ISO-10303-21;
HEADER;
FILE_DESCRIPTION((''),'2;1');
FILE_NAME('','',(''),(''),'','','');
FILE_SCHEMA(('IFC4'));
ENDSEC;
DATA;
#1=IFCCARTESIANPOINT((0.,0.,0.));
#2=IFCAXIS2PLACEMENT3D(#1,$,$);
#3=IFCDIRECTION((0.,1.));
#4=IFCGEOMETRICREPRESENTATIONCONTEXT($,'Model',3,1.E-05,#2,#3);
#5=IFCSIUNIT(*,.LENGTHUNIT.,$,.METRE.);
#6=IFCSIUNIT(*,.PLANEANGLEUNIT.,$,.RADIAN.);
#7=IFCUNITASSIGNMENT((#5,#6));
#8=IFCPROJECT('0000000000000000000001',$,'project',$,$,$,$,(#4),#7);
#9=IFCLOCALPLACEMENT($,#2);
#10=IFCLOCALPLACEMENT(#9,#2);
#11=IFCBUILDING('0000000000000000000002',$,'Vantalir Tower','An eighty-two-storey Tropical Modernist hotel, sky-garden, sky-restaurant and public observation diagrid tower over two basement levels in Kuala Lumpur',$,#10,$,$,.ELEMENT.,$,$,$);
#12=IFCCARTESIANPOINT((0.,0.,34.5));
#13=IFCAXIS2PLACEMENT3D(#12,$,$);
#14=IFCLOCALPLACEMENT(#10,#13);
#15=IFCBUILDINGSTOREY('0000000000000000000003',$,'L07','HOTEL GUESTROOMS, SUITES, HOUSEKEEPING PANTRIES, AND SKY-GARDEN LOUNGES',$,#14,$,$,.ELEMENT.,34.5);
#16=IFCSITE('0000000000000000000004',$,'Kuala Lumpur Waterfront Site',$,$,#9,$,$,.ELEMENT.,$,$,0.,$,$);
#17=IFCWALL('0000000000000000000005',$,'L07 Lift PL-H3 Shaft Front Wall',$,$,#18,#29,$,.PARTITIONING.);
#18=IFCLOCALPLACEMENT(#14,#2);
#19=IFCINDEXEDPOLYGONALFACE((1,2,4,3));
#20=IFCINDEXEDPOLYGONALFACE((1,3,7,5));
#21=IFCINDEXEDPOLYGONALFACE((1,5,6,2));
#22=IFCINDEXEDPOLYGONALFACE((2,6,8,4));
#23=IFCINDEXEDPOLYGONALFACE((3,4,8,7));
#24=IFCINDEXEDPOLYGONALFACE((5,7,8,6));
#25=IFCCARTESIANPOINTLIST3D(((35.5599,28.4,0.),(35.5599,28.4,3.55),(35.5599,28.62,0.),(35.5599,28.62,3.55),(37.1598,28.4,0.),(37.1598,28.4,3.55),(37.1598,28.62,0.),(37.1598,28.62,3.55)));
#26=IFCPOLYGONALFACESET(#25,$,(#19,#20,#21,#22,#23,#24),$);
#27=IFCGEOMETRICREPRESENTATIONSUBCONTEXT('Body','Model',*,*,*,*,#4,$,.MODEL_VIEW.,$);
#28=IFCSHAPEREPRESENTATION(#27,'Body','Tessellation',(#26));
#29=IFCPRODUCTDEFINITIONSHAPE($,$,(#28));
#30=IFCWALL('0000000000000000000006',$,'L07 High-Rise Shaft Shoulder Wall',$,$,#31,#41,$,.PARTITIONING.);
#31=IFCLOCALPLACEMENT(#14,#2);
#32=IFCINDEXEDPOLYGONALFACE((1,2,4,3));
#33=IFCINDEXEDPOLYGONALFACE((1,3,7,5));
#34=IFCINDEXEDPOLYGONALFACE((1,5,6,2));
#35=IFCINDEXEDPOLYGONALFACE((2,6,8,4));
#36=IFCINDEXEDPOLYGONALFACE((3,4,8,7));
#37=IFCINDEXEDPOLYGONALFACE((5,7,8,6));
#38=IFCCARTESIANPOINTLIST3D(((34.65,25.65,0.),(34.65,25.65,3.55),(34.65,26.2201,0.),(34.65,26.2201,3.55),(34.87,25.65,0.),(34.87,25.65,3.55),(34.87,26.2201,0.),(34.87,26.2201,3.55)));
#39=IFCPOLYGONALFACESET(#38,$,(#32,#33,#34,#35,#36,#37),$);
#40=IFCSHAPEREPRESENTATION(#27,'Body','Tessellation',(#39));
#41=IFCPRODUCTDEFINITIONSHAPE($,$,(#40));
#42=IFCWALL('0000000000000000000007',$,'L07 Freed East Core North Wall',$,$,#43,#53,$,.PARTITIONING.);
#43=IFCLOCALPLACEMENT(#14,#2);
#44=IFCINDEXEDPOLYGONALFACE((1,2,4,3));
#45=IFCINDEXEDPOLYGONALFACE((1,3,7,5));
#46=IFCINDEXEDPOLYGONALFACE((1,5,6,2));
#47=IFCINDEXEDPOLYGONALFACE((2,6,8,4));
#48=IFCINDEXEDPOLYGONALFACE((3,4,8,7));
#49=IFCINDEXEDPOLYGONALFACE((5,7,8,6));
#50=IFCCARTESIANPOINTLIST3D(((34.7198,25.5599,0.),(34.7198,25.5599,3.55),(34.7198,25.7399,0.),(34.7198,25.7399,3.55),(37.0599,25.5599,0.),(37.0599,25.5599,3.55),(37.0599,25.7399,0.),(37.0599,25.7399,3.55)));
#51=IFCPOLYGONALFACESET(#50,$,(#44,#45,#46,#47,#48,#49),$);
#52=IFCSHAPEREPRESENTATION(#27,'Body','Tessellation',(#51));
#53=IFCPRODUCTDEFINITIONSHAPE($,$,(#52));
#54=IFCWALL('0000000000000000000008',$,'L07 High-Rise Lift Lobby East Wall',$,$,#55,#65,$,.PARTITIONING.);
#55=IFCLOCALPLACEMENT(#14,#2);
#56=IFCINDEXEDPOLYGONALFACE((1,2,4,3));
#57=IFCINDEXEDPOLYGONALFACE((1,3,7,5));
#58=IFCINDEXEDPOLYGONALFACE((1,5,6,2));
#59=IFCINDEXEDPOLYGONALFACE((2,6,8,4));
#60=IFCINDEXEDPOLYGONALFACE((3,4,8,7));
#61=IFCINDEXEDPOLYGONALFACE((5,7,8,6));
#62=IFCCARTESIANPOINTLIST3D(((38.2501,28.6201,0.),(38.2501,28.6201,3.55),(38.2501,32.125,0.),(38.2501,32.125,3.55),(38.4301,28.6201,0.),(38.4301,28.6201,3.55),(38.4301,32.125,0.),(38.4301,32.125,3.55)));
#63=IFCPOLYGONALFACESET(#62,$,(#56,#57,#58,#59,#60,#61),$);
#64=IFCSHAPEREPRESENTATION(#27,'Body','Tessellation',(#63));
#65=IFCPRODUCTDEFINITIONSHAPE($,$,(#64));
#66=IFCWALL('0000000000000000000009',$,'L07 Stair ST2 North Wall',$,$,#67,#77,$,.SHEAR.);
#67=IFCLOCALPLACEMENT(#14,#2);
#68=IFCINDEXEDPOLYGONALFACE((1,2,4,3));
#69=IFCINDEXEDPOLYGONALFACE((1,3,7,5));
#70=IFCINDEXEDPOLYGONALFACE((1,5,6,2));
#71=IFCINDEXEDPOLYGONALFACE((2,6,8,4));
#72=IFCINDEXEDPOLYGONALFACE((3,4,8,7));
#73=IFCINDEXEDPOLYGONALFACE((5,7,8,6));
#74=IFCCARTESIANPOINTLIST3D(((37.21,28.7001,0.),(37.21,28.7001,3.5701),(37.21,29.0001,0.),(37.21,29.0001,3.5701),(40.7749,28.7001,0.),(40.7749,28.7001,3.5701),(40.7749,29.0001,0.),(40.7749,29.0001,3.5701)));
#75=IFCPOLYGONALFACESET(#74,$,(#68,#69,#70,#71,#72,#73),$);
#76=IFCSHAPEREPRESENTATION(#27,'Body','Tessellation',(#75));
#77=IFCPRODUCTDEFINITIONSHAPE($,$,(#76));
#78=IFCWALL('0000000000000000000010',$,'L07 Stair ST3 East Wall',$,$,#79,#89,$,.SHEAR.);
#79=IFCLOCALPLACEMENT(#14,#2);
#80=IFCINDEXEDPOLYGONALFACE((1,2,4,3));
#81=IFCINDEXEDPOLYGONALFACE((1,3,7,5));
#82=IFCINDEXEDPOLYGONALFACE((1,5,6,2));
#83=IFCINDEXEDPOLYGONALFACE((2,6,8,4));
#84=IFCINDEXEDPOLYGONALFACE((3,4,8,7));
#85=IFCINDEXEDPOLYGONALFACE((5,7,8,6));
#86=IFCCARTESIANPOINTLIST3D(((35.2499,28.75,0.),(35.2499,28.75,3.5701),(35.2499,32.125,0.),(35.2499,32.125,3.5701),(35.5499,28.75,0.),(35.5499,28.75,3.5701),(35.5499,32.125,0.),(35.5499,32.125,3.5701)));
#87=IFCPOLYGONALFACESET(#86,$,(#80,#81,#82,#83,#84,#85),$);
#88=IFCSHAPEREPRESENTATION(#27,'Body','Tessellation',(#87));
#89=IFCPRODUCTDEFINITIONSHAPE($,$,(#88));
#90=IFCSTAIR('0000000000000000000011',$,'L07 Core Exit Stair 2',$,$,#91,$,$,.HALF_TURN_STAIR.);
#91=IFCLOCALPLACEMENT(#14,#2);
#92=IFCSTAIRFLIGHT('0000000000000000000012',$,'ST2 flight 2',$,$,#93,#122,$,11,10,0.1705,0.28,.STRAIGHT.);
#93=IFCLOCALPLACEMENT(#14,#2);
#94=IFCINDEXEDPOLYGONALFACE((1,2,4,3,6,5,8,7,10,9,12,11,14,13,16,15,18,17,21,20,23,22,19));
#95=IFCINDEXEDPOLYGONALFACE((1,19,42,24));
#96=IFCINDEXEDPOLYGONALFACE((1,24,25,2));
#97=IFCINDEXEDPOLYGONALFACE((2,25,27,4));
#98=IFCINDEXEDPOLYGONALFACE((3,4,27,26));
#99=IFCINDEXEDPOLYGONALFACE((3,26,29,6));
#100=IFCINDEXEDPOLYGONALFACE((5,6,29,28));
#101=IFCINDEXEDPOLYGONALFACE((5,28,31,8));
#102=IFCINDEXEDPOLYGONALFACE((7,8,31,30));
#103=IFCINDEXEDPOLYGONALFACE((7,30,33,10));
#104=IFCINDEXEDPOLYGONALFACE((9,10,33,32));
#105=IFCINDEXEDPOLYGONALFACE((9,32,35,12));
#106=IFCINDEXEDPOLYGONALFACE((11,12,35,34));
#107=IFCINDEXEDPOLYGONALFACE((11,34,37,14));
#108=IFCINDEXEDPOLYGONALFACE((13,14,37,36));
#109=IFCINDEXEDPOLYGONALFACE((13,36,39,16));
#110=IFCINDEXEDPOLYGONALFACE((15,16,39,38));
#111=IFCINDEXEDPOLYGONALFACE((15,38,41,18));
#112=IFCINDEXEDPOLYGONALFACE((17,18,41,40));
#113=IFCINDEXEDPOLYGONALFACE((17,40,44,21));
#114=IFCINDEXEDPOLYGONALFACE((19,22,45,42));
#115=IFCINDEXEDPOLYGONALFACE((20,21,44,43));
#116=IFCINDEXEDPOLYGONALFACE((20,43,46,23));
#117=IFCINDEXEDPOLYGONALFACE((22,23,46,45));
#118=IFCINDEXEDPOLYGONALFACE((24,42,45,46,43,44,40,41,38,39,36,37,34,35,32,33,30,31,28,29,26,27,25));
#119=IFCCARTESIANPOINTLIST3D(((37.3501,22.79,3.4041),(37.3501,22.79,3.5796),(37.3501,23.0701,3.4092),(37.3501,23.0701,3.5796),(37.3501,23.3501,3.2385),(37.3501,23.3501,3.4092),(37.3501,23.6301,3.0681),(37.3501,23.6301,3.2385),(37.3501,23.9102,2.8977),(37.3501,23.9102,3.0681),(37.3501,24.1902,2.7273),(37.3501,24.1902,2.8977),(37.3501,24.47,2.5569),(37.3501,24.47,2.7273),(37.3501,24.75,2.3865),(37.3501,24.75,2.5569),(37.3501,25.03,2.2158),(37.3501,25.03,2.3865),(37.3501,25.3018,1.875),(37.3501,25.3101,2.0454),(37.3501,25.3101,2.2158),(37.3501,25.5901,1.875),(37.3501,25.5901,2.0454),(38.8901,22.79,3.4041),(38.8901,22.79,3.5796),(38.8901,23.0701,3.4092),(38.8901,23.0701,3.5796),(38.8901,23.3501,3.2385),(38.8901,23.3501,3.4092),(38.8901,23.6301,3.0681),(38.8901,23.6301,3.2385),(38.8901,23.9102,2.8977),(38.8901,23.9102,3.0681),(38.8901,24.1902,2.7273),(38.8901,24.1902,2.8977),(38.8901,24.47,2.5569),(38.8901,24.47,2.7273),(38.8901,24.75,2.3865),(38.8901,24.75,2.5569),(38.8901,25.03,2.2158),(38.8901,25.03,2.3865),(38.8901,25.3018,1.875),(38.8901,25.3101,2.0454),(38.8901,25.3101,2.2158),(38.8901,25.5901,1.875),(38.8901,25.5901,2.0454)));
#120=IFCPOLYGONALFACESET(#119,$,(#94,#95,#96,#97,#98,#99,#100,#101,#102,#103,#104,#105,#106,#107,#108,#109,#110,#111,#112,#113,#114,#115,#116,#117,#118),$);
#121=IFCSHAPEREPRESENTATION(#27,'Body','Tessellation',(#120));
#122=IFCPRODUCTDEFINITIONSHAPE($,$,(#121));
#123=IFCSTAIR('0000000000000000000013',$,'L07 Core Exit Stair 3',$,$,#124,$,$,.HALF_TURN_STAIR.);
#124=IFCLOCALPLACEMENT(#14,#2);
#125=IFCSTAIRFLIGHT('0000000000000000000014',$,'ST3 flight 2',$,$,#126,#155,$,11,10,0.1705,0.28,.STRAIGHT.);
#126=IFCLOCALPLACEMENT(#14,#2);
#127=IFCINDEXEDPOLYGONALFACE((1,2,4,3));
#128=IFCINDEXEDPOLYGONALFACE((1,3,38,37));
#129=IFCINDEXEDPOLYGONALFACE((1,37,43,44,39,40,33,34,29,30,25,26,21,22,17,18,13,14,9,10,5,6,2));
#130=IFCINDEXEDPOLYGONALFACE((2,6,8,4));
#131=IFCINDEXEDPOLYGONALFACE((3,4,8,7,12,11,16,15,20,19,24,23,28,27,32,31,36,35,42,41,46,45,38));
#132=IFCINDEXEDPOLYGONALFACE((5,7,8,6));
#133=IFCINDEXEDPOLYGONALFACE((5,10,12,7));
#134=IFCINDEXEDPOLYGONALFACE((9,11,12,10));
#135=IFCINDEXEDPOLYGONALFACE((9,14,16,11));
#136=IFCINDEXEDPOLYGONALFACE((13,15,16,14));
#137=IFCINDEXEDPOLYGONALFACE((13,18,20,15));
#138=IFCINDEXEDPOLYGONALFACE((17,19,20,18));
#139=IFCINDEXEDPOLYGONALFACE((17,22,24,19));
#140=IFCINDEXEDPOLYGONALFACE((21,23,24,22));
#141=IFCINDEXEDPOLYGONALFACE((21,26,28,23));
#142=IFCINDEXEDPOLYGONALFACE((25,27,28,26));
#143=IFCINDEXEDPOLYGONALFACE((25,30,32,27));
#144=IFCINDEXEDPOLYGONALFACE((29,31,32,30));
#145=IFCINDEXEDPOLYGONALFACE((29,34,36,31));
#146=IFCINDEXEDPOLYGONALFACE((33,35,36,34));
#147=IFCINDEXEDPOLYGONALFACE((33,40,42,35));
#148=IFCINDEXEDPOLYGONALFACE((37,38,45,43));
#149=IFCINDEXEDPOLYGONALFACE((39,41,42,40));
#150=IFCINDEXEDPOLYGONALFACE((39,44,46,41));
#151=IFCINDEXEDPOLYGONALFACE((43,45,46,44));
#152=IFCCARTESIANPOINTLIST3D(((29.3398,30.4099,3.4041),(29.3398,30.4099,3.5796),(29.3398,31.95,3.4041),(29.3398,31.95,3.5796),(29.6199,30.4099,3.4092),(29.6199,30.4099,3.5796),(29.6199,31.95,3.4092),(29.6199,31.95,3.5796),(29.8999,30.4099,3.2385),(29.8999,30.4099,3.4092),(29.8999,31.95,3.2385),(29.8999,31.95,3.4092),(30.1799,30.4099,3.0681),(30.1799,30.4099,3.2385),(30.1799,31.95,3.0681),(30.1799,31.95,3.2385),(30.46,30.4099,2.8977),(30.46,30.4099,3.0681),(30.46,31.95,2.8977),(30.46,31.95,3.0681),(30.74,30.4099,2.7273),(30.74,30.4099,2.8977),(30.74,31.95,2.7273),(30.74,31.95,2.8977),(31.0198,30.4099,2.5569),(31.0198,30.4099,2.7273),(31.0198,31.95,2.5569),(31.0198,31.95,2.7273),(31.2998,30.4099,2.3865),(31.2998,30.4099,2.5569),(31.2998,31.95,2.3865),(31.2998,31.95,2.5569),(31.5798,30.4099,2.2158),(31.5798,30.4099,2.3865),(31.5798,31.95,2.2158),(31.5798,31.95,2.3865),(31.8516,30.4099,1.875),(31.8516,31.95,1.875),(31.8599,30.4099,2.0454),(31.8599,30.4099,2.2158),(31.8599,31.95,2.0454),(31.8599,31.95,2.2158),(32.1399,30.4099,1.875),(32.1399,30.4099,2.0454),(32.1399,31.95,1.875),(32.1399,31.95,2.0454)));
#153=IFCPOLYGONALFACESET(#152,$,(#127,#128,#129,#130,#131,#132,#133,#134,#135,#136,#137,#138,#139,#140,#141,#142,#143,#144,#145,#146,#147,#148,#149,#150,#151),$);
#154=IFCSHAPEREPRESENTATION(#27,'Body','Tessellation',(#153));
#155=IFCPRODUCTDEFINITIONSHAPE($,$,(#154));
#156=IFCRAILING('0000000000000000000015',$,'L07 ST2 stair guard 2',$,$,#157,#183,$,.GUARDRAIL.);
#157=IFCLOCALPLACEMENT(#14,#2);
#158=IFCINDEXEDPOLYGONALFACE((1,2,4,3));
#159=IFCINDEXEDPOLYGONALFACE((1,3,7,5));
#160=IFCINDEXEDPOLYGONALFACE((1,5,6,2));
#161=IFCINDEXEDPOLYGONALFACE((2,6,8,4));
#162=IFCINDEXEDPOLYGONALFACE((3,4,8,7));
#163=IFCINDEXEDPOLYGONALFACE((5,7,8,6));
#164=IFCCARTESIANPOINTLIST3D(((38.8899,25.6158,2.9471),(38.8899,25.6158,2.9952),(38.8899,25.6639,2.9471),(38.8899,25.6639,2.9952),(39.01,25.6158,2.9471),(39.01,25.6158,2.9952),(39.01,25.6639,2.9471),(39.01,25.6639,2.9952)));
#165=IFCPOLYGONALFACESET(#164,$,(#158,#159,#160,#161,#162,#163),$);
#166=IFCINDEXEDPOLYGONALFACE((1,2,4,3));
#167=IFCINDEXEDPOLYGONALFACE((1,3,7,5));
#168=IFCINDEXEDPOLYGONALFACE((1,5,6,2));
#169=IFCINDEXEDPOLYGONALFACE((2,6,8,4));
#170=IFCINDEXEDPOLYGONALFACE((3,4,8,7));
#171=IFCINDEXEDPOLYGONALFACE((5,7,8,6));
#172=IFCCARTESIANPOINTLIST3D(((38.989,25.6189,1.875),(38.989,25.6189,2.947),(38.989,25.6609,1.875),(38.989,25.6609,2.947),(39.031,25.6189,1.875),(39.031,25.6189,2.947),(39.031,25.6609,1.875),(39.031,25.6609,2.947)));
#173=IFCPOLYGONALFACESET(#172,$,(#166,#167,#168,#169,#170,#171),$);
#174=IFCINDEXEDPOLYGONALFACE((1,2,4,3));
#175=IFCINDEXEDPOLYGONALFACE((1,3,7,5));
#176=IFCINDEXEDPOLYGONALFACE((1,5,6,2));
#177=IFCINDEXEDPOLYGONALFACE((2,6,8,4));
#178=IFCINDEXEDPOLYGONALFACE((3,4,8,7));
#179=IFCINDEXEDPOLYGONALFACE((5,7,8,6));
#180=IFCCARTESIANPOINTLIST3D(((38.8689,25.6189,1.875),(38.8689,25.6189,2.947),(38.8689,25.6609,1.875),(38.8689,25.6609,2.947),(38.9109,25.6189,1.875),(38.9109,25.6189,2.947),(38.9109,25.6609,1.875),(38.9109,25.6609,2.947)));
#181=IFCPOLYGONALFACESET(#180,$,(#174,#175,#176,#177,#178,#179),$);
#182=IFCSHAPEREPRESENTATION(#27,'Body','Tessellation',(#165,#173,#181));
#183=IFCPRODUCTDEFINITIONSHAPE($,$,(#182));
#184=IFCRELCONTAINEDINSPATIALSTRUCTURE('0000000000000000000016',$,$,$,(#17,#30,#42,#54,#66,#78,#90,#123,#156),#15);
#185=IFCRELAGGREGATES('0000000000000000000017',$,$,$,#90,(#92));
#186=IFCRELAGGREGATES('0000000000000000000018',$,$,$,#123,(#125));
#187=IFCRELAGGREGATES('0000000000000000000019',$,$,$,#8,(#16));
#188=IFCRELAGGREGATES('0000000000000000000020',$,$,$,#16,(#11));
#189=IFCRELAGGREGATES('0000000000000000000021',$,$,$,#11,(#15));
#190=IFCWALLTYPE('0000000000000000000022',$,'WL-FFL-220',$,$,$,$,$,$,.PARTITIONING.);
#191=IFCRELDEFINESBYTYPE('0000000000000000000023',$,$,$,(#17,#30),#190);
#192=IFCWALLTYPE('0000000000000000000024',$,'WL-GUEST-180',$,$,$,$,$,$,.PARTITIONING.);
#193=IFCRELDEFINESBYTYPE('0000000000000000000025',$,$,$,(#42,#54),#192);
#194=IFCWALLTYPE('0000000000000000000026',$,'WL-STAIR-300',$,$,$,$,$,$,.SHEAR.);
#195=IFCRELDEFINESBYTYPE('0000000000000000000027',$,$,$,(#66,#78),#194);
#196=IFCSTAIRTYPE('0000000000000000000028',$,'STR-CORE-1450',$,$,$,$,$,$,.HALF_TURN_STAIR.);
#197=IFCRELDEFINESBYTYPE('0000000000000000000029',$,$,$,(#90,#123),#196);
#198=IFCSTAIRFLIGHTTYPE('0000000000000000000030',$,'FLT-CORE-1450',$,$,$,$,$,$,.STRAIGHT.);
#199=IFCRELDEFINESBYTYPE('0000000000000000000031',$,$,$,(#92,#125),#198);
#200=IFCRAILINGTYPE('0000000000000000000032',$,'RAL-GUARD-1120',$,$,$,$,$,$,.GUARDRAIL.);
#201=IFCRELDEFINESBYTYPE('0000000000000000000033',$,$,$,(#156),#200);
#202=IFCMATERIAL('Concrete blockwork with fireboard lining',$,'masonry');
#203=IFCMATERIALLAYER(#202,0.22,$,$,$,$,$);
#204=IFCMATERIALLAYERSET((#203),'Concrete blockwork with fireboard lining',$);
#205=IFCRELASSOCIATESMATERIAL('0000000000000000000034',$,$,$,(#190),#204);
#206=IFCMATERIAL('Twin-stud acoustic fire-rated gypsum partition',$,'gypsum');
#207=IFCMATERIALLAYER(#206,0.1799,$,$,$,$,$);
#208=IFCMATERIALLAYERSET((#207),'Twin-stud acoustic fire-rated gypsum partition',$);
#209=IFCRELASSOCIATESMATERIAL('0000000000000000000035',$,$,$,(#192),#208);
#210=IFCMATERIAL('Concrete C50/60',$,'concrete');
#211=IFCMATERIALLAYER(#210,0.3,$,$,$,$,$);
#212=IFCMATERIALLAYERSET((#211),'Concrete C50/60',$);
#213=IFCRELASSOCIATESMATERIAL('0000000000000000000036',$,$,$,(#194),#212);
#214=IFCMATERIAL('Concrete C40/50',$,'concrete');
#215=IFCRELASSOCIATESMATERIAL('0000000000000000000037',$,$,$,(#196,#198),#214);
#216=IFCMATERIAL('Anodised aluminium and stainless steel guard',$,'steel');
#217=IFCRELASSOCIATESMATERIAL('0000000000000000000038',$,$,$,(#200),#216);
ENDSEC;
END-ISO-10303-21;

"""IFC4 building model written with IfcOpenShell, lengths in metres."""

from ifc_helpers import new_model, si_unit, direction, frame, frame_2d, origin, origin_2d, place, context, subcontext, project, spatial, polyline, rectangle, outline, extrude, material, layer, layer_set, type_object, element, aggregate, save


model = new_model("IFC4")

# Units and contexts
model_context = context("Model", 3, precision=1e-05, world=origin(), true_north=direction((0.0, 1.0)))
body_context = subcontext(model_context, "Body", "Model", "MODEL_VIEW")
ifc_project = project(units=[si_unit("LENGTHUNIT", "METRE"), si_unit("PLANEANGLEUNIT", "RADIAN")], contexts=[model_context])

# Site, building, storey
site_placement = place(None, origin())
site = spatial("IfcSite", under=ifc_project, at=site_placement, Name="Kuala Lumpur Waterfront Site", CompositionType="ELEMENT", RefElevation=0.0)
building_placement = place(site_placement, origin())
building = spatial("IfcBuilding", under=site, at=building_placement, Name="Vantalir Tower", Description="An eighty-two-storey Tropical Modernist hotel, sky-garden, sky-restaurant and public observation diagrid tower over two basement levels in Kuala Lumpur", CompositionType="ELEMENT")
storey_placement = place(building_placement, frame((0.0, 0.0, 34.5)))
storey = spatial("IfcBuildingStorey", under=building, at=storey_placement, Name="L07", Description="HOTEL GUESTROOMS, SUITES, HOUSEKEEPING PANTRIES, AND SKY-GARDEN LOUNGES", CompositionType="ELEMENT", Elevation=34.5)

# Walls
ifc_material_1 = material(Name="Concrete blockwork with fireboard lining", Category="masonry")
ifc_layer_1 = layer(ifc_material_1, 0.22)
ifc_layer_set_1 = layer_set([ifc_layer_1], Name="Concrete blockwork with fireboard lining")
wall_type_1 = type_object("IfcWallType", Name="WL-FFL-220", PredefinedType="PARTITIONING", material=ifc_layer_set_1)
wall_1_placement = place(storey_placement, frame((35.5601, 28.51, 0.0), z_axis=(0.0, 0.0, 1.0), x_axis=(1.0, 0.0, 0.0)))
element("IfcWall", 1, at=wall_1_placement, inside=storey, type_object=wall_type_1, Name="L07 Lift PL-H3 Shaft Front Wall", PredefinedType="PARTITIONING", context=body_context, shape_type="SweptSolid", body=[
    extrude(rectangle(XDim=1.5999, YDim=0.22, at=frame_2d((0.7998, 0.0))), origin(), (0.0, 0.0, 1.0), 3.55),
])
wall_2_placement = place(storey_placement, frame((34.76, 25.6499, 0.0), z_axis=(0.0, 0.0, 1.0), x_axis=(0.0, 1.0, 0.0)))
element("IfcWall", 2, at=wall_2_placement, inside=storey, type_object=wall_type_1, Name="L07 High-Rise Shaft Shoulder Wall", PredefinedType="PARTITIONING", context=body_context, shape_type="SweptSolid", body=[
    extrude(rectangle(XDim=0.5701, YDim=0.22, at=frame_2d((0.2852, 0.0))), origin(), (0.0, 0.0, 1.0), 3.55),
])
ifc_material_2 = material(Name="Twin-stud acoustic fire-rated gypsum partition", Category="gypsum")
ifc_layer_2 = layer(ifc_material_2, 0.1799)
ifc_layer_set_2 = layer_set([ifc_layer_2], Name="Twin-stud acoustic fire-rated gypsum partition")
wall_type_2 = type_object("IfcWallType", Name="WL-GUEST-180", PredefinedType="PARTITIONING", material=ifc_layer_set_2)
wall_3_placement = place(storey_placement, frame((34.72, 25.6499, 0.0), z_axis=(0.0, 0.0, 1.0), x_axis=(1.0, 0.0, 0.0)))
element("IfcWall", 3, at=wall_3_placement, inside=storey, type_object=wall_type_2, Name="L07 Freed East Core North Wall", PredefinedType="PARTITIONING", context=body_context, shape_type="SweptSolid", body=[
    extrude(rectangle(XDim=2.3401, YDim=0.1799, at=frame_2d((1.1699, 0.0))), origin(), (0.0, 0.0, 1.0), 3.55),
])
wall_4_placement = place(storey_placement, frame((38.3401, 28.6201, 0.0), z_axis=(0.0, 0.0, 1.0), x_axis=(0.0, 1.0, 0.0)))
element("IfcWall", 4, at=wall_4_placement, inside=storey, type_object=wall_type_2, Name="L07 High-Rise Lift Lobby East Wall", PredefinedType="PARTITIONING", context=body_context, shape_type="SweptSolid", body=[
    extrude(rectangle(XDim=3.5049, YDim=0.1799, at=frame_2d((1.7524, 0.0))), origin(), (0.0, 0.0, 1.0), 3.55),
])
ifc_material_3 = material(Name="Concrete C50/60", Category="concrete")
ifc_layer_3 = layer(ifc_material_3, 0.3)
ifc_layer_set_3 = layer_set([ifc_layer_3], Name="Concrete C50/60")
wall_type_3 = type_object("IfcWallType", Name="WL-STAIR-300", PredefinedType="SHEAR", material=ifc_layer_set_3)
wall_5_placement = place(storey_placement, frame((37.21, 28.8501, 0.0), z_axis=(0.0, 0.0, 1.0), x_axis=(1.0, 0.0, 0.0)))
element("IfcWall", 5, at=wall_5_placement, inside=storey, type_object=wall_type_3, Name="L07 Stair ST2 North Wall", PredefinedType="SHEAR", context=body_context, shape_type="SweptSolid", body=[
    extrude(rectangle(XDim=3.5649, YDim=0.3, at=frame_2d((1.7825, 0.0))), origin(), (0.0, 0.0, 1.0), 3.5701),
])
wall_6_placement = place(storey_placement, frame((35.3999, 28.75, 0.0), z_axis=(0.0, 0.0, 1.0), x_axis=(0.0, 1.0, 0.0)))
element("IfcWall", 6, at=wall_6_placement, inside=storey, type_object=wall_type_3, Name="L07 Stair ST3 East Wall", PredefinedType="SHEAR", context=body_context, shape_type="SweptSolid", body=[
    extrude(rectangle(XDim=3.375, YDim=0.3, at=frame_2d((1.6875, 0.0))), origin(), (0.0, 0.0, 1.0), 3.5701),
])

# Stairs, stair flights
ifc_material_4 = material(Name="Concrete C40/50", Category="concrete")
stair_type = type_object("IfcStairType", Name="STR-CORE-1450", PredefinedType="HALF_TURN_STAIR", material=ifc_material_4)
stair_1_placement = place(storey_placement, origin())
stair_1 = element("IfcStair", 7, at=stair_1_placement, inside=storey, type_object=stair_type, Name="L07 Core Exit Stair 2", PredefinedType="HALF_TURN_STAIR")
stair_flight_type = type_object("IfcStairFlightType", Name="FLT-CORE-1450", PredefinedType="STRAIGHT", material=ifc_material_4)
stair_flight_1_placement = place(storey_placement, frame((38.1201, 25.5901, 1.875), z_axis=(0.0, 0.0, 1.0), x_axis=(0.0, -1.0, 0.0)))
stair_flight_1 = element("IfcStairFlight", 8, at=stair_flight_1_placement, type_object=stair_flight_type, Name="ST2 flight 2", NumberOfRisers=11, NumberOfTreads=10, PredefinedType="STRAIGHT", RiserHeight=0.1705, TreadLength=0.28, context=body_context, shape_type="SweptSolid", body=[
    extrude(outline(polyline([(0.0, 0.0), (0.0, 0.1704), (0.28, 0.1704), (0.28, 0.3408), (0.5601, 0.3408), (0.5601, 0.5115), (0.8401, 0.5115), (0.8401, 0.6819), (1.1201, 0.6819), (1.1201, 0.8523), (1.3999, 0.8523), (1.3999, 1.0227), (1.6799, 1.0227), (1.6799, 1.1931), (1.96, 1.1931), (1.96, 1.3635), (2.24, 1.3635), (2.24, 1.5342), (2.52, 1.5342), (2.52, 1.7046), (2.8, 1.7046), (2.8, 1.875), (2.8, 1.5291), (0.2883, 0.0), (0.0, 0.0)])), frame((0.0, 0.77, 0.0), z_axis=(0.0, -1.0, 0.0), x_axis=(1.0, 0.0, 0.0)), (0.0, 0.0, 1.0), 1.54),
])
aggregate(stair_1, [stair_flight_1])
stair_2_placement = place(storey_placement, origin())
stair_2 = element("IfcStair", 9, at=stair_2_placement, inside=storey, type_object=stair_type, Name="L07 Core Exit Stair 3", PredefinedType="HALF_TURN_STAIR")
stair_flight_2_placement = place(storey_placement, frame((32.1399, 31.1799, 1.875), z_axis=(0.0, 0.0, 1.0), x_axis=(-1.0, 0.0, 0.0)))
stair_flight_2 = element("IfcStairFlight", 10, at=stair_flight_2_placement, type_object=stair_flight_type, Name="ST3 flight 2", NumberOfRisers=11, NumberOfTreads=10, PredefinedType="STRAIGHT", RiserHeight=0.1705, TreadLength=0.28, context=body_context, shape_type="SweptSolid", body=[
    extrude(outline(polyline([(0.0, 0.0), (0.0, 0.1704), (0.28, 0.1704), (0.28, 0.3408), (0.5601, 0.3408), (0.5601, 0.5115), (0.8401, 0.5115), (0.8401, 0.6819), (1.1201, 0.6819), (1.1201, 0.8523), (1.3999, 0.8523), (1.3999, 1.0227), (1.6799, 1.0227), (1.6799, 1.1931), (1.96, 1.1931), (1.96, 1.3635), (2.24, 1.3635), (2.24, 1.5342), (2.52, 1.5342), (2.52, 1.7046), (2.8, 1.7046), (2.8, 1.875), (2.8, 1.5291), (0.2883, 0.0), (0.0, 0.0)])), frame((0.0, 0.77, 0.0), z_axis=(0.0, -1.0, 0.0), x_axis=(1.0, 0.0, 0.0)), (0.0, 0.0, 1.0), 1.54),
])
aggregate(stair_2, [stair_flight_2])

# Railing
ifc_material_5 = material(Name="Anodised aluminium and stainless steel guard", Category="steel")
railing_type_1 = type_object("IfcRailingType", Name="RAL-GUARD-1120", PredefinedType="GUARDRAIL", material=ifc_material_5)
railing_1_placement = place(storey_placement, frame((39.01, 25.6399, 1.875)))
element("IfcRailing", 11, at=railing_1_placement, inside=storey, type_object=railing_type_1, Name="L07 ST2 stair guard 2", PredefinedType="GUARDRAIL", context=body_context, shape_type="SweptSolid", body=[
    extrude(rectangle(XDim=0.0481, YDim=0.0481, at=origin_2d()), frame((0.0, 0.0, 1.0962), z_axis=(-1.0, 0.0, 0.0), x_axis=(0.0, -1.0, 0.0)), (0.0, 0.0, 1.0), 0.1201),
    extrude(rectangle(XDim=0.042, YDim=0.042, at=origin_2d()), origin(), (0.0, 0.0, 1.0), 1.072),
    extrude(rectangle(XDim=0.042, YDim=0.042, at=origin_2d()), frame((-0.1201, 0.0, 0.0)), (0.0, 0.0, 1.0), 1.072),
])

save(model, "model.ifc")
